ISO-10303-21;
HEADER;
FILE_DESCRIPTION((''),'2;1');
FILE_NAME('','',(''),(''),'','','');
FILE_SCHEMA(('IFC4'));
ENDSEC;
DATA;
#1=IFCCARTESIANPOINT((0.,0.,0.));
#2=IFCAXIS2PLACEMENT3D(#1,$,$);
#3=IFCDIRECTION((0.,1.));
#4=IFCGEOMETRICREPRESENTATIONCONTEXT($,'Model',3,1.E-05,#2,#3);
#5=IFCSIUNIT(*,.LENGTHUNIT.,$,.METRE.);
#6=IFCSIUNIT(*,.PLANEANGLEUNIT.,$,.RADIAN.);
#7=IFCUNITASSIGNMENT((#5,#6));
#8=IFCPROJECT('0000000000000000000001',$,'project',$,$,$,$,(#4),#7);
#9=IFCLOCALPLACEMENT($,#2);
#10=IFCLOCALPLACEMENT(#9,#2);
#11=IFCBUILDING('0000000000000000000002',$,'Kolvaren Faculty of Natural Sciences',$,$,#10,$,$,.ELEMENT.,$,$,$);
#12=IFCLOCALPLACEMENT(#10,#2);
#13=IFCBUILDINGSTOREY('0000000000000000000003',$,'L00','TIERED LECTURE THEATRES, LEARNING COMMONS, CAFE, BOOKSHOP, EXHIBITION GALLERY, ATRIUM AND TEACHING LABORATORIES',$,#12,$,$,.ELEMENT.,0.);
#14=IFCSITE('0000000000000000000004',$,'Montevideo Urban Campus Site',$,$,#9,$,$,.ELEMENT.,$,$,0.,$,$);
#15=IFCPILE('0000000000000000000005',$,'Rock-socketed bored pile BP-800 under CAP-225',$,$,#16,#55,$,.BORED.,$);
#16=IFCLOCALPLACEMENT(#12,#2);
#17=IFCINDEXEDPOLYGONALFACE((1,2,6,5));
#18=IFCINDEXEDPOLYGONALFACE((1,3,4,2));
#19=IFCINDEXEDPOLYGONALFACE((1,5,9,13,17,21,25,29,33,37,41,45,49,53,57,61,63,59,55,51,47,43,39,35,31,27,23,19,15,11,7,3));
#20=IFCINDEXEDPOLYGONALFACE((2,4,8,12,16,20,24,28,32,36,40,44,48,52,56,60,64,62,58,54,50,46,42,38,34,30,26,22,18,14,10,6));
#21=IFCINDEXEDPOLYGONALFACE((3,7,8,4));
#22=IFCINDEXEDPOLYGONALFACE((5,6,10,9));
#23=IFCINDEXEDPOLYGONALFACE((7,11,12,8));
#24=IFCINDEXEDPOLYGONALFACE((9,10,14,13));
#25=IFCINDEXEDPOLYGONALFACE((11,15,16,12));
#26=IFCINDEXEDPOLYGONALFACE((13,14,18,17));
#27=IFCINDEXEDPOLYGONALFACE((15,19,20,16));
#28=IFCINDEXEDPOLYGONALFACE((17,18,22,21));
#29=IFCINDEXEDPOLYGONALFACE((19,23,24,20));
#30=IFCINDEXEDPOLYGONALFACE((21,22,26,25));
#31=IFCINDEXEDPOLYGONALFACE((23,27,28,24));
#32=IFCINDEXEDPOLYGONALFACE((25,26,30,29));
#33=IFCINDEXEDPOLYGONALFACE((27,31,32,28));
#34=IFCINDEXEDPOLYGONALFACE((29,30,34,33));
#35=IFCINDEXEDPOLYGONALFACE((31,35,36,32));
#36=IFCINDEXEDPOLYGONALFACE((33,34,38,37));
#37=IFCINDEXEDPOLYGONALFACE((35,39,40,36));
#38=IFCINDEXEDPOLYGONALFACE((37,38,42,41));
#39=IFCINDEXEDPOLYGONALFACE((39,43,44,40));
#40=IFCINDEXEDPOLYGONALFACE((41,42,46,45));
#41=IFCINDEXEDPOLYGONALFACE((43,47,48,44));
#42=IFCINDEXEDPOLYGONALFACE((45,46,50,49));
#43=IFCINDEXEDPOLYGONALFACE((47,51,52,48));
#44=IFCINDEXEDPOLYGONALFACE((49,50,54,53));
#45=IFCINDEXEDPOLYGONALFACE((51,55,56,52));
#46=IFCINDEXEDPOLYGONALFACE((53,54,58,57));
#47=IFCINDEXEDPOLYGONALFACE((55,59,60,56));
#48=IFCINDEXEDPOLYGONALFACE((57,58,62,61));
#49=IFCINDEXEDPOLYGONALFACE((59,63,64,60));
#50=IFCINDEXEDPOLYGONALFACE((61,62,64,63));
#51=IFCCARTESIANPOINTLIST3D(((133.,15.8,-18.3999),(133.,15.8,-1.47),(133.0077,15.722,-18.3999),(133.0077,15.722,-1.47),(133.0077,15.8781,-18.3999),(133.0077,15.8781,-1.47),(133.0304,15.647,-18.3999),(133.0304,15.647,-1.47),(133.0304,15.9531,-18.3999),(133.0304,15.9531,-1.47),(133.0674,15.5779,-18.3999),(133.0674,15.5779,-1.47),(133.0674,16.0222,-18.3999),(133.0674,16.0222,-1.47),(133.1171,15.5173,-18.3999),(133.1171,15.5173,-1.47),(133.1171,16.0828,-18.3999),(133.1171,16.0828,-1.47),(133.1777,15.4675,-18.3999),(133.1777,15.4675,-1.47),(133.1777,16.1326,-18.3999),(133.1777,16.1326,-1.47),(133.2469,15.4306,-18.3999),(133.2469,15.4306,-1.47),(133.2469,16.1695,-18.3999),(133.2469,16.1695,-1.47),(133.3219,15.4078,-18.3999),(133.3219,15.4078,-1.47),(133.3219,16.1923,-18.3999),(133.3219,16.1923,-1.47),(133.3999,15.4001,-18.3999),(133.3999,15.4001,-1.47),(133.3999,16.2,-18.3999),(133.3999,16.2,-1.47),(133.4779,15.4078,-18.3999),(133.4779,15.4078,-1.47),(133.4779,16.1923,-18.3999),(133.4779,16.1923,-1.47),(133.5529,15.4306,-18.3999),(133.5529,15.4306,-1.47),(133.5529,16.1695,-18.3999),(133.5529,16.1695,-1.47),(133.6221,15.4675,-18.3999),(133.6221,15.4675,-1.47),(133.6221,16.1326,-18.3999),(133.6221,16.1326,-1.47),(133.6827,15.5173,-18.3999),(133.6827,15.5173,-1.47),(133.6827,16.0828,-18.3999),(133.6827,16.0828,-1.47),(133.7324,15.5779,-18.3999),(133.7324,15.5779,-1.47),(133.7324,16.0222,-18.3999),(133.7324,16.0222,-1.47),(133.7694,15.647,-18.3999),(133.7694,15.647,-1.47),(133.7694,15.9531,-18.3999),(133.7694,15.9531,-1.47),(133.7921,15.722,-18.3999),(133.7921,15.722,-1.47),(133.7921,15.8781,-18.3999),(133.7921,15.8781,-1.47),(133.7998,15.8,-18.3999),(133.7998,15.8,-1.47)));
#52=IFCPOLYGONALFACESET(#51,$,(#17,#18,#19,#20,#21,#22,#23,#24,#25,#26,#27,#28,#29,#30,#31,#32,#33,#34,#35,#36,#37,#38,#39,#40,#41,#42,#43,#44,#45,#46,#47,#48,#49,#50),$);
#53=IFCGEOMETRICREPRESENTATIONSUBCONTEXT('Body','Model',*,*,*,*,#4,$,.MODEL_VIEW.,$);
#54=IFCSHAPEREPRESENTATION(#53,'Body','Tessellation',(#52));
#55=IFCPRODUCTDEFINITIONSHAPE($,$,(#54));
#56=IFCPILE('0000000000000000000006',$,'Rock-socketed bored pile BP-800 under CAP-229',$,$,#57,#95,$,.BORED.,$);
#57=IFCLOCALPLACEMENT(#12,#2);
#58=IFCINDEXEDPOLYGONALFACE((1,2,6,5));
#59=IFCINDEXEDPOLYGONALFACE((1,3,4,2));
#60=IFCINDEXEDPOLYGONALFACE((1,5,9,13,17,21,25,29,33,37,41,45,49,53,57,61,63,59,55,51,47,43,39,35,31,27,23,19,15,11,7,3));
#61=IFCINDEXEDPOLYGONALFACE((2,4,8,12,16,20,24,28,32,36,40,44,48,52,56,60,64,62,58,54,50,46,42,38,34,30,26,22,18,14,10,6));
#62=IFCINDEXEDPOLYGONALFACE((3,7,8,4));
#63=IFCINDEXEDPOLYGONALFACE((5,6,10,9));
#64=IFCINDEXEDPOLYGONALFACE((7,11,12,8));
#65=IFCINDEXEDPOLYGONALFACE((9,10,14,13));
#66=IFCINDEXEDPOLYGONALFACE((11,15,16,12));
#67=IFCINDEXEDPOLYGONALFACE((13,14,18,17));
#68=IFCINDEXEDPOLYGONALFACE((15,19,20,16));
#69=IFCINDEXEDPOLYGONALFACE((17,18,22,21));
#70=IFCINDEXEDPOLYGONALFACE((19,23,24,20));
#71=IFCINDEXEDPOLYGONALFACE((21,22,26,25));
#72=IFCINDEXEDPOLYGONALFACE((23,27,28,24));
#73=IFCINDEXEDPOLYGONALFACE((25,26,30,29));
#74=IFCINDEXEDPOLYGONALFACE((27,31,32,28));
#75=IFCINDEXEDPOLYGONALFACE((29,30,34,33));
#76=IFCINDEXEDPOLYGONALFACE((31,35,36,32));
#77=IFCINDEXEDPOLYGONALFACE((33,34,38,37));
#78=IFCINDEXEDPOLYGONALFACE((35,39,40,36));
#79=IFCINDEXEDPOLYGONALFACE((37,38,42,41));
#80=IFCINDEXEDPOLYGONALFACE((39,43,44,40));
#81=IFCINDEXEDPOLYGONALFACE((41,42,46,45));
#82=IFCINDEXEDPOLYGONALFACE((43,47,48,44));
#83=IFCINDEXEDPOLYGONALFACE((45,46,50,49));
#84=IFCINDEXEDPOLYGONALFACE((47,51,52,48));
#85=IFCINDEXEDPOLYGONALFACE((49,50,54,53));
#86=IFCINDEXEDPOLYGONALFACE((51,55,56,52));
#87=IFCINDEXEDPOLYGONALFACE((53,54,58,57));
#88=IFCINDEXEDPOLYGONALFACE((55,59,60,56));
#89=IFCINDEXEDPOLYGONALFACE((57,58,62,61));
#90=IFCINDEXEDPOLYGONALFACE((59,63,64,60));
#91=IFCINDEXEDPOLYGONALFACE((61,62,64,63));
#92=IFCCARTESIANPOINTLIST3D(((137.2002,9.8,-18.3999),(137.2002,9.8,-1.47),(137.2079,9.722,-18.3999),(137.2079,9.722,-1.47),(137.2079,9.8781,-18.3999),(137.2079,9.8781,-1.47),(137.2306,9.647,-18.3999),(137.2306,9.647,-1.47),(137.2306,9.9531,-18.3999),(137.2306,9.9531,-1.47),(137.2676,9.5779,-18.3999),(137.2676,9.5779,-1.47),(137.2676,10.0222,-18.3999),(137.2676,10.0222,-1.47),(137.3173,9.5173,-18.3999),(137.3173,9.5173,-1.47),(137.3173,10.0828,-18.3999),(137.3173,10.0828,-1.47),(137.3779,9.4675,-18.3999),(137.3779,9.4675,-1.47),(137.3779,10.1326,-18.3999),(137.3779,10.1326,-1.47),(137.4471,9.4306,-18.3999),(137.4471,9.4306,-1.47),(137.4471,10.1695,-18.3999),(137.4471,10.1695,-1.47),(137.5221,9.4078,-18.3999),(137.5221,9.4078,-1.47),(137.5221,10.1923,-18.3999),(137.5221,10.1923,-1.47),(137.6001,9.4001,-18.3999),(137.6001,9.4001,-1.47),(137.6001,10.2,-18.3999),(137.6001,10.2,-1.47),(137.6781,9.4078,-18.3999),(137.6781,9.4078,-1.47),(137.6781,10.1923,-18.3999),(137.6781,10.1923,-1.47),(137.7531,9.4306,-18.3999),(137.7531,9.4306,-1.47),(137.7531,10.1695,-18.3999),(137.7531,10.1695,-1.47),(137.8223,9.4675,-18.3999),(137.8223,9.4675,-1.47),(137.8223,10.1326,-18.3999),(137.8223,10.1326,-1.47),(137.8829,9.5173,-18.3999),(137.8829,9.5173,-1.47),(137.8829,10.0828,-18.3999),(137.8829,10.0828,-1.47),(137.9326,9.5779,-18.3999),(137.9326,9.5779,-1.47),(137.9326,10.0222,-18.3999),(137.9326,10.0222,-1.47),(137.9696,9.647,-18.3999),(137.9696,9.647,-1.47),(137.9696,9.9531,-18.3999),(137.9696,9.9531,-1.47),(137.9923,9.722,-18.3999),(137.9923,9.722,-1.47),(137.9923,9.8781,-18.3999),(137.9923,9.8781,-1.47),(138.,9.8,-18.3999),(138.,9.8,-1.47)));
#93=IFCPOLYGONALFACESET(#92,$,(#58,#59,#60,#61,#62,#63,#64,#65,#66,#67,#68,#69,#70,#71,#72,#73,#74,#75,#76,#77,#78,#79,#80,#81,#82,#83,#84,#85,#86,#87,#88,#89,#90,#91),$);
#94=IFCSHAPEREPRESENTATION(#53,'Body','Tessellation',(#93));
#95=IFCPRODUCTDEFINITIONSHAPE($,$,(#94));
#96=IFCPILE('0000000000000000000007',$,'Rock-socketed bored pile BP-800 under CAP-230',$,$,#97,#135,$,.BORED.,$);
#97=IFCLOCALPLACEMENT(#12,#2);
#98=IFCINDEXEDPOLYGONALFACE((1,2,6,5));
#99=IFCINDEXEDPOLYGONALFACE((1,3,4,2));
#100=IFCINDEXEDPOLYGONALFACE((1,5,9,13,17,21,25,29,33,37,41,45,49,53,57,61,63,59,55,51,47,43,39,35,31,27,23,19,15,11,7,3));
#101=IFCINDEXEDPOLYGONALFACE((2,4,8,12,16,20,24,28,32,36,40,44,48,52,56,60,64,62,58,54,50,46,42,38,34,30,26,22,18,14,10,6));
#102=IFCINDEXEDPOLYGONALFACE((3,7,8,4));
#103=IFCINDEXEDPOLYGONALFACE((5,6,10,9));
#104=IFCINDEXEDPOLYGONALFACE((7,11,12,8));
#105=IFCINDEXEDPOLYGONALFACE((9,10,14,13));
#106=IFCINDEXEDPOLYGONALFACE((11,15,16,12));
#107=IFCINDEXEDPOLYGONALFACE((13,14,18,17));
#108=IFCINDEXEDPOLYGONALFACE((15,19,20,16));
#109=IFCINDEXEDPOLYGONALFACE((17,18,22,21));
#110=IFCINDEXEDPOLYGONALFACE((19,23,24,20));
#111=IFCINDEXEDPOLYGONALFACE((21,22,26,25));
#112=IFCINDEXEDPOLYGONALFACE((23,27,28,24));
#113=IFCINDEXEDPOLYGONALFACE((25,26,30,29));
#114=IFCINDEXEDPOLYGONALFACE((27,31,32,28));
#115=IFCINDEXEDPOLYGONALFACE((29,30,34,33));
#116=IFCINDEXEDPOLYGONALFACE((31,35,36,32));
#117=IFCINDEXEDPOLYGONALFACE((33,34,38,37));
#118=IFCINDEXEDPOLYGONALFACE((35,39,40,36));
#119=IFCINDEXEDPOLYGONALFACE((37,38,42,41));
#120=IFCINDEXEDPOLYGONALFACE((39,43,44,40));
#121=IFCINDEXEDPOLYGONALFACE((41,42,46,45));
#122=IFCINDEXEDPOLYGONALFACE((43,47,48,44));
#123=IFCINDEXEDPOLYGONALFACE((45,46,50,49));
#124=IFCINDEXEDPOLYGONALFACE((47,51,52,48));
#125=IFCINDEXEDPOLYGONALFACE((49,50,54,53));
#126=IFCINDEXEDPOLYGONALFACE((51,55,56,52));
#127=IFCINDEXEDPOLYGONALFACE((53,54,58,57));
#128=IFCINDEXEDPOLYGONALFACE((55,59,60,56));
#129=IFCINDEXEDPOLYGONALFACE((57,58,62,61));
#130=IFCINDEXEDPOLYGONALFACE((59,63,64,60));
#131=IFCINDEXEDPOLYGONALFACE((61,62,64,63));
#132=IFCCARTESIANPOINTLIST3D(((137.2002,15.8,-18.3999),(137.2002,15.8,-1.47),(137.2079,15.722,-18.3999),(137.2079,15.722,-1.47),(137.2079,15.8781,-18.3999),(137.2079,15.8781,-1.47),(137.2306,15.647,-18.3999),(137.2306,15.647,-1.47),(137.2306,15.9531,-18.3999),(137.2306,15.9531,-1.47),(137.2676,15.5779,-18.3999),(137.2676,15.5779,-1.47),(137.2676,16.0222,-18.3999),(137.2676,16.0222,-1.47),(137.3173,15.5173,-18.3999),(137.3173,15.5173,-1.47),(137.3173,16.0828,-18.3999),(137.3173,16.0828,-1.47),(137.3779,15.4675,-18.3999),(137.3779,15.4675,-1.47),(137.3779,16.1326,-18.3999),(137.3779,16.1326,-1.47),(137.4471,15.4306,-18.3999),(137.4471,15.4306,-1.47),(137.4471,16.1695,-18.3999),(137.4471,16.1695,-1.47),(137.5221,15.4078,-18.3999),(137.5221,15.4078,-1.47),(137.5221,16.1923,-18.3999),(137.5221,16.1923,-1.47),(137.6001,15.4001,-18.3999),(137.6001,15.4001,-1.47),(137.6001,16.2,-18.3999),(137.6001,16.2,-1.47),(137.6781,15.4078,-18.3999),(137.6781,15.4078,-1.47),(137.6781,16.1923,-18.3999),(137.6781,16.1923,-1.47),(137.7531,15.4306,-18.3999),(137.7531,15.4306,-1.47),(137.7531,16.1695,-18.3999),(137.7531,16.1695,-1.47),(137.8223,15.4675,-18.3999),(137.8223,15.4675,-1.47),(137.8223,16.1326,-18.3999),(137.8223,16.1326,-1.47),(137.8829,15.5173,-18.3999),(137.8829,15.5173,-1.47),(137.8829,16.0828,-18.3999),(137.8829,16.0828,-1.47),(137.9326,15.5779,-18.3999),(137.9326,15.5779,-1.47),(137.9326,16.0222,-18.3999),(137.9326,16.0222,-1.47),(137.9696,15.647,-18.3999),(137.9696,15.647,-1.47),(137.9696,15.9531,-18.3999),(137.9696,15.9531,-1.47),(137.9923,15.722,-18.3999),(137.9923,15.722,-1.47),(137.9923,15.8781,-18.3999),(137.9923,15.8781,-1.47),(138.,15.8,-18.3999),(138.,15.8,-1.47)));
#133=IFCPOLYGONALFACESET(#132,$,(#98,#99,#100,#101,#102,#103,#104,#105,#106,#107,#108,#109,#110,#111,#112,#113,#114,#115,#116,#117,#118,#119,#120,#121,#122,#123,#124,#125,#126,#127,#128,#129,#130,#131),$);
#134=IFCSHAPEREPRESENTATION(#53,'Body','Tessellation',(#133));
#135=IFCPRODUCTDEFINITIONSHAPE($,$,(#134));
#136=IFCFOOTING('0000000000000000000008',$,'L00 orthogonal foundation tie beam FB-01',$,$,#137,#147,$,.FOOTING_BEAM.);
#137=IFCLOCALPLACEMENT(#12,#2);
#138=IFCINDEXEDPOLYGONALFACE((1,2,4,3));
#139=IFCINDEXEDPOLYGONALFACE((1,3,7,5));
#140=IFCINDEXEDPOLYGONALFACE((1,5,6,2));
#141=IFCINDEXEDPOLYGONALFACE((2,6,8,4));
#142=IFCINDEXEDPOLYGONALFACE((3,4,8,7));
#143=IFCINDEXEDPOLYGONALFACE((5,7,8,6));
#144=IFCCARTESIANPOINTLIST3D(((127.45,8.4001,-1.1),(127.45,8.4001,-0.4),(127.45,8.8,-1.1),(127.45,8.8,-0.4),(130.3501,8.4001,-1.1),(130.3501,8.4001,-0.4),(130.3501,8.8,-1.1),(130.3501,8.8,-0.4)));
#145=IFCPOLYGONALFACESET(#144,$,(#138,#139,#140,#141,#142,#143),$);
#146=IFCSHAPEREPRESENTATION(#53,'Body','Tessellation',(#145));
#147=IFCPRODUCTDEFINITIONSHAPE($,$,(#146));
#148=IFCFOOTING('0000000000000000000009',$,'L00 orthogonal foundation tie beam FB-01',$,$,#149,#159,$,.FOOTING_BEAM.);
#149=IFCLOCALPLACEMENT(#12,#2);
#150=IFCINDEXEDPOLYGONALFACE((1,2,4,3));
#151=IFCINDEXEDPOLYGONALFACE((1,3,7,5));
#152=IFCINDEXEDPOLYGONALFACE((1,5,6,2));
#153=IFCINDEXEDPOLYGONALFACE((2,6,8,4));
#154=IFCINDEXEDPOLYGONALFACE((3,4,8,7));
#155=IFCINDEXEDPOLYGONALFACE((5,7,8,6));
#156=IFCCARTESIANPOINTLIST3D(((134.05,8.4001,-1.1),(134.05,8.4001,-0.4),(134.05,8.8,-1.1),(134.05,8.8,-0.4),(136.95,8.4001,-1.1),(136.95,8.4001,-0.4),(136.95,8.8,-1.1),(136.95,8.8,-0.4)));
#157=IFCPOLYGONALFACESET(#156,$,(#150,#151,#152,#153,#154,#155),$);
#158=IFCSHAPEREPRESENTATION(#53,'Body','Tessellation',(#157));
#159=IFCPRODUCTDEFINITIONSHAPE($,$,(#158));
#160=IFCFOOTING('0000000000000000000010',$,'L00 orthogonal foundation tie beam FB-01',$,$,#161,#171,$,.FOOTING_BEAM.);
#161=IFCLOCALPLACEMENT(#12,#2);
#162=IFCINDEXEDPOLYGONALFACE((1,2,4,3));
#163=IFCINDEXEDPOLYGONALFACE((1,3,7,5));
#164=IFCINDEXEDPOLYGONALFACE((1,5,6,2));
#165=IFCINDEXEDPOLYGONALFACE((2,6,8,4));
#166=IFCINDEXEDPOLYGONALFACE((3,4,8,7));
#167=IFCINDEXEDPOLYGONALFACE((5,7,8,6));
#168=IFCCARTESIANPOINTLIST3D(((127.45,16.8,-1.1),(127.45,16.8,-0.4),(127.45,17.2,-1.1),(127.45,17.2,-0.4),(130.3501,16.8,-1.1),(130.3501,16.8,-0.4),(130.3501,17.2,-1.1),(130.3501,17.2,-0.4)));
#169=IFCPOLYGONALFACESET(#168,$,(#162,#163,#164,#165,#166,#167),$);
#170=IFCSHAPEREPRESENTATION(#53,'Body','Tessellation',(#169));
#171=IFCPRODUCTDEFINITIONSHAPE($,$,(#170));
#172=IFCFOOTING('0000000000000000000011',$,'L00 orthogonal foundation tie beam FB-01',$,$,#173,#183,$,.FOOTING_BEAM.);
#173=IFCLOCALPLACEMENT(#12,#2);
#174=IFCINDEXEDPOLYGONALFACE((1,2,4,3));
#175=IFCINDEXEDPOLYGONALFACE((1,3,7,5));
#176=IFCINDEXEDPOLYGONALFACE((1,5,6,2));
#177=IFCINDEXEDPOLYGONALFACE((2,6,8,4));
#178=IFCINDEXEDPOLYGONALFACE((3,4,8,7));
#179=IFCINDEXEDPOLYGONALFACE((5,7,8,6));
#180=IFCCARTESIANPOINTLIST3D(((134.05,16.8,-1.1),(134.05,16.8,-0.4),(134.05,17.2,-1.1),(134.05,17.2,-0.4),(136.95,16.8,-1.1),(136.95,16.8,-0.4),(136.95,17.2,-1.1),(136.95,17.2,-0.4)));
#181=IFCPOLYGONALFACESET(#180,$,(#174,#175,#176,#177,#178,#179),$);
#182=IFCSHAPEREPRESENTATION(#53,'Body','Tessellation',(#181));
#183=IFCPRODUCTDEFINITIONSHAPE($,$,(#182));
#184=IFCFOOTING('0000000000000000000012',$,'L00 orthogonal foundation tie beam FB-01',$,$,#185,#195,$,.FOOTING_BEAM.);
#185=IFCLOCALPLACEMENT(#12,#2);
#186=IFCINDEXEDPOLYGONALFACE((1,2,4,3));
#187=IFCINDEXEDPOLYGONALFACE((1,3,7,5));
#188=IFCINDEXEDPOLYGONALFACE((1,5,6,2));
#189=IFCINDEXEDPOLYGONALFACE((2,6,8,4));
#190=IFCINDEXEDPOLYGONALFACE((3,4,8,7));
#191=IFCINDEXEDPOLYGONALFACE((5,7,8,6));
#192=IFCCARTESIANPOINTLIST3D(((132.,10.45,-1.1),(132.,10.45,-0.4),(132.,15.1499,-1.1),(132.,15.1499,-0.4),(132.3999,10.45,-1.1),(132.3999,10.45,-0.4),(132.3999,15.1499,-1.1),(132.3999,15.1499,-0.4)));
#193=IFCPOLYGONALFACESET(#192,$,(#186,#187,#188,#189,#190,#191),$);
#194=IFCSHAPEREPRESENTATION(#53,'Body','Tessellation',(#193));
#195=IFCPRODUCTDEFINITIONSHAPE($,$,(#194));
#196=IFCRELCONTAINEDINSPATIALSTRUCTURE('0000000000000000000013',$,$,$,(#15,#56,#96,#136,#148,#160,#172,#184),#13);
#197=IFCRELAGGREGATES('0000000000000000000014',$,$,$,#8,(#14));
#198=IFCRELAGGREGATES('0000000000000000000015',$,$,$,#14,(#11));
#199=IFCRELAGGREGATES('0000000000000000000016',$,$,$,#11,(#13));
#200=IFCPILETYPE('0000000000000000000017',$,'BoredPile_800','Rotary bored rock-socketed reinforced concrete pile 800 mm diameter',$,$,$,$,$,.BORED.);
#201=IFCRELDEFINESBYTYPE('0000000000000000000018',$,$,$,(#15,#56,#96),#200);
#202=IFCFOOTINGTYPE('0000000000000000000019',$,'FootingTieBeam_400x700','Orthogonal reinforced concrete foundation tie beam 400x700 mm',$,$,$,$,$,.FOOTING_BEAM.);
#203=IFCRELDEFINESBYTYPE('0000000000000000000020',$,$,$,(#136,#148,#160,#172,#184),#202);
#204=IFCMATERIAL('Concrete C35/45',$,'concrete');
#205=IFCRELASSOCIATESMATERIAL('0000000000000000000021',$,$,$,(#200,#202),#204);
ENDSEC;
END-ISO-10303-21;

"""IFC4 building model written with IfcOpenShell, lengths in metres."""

from ifc_helpers import new_model, si_unit, direction, frame, origin, origin_2d, place, context, subcontext, project, spatial, rectangle, circle, extrude, material, material_profile, profile_set, type_object, element, save


model = new_model("IFC4")

# Units and contexts
model_context = context("Model", 3, precision=1e-05, world=origin(), true_north=direction((0.0, 1.0)))
body_context = subcontext(model_context, "Body", "Model", "MODEL_VIEW")
ifc_project = project(units=[si_unit("LENGTHUNIT", "METRE"), si_unit("PLANEANGLEUNIT", "RADIAN")], contexts=[model_context])

# Site, building, storey
site_placement = place(None, origin())
site = spatial("IfcSite", under=ifc_project, at=site_placement, Name="Montevideo Urban Campus Site", CompositionType="ELEMENT", RefElevation=0.0)
building_placement = place(site_placement, origin())
building = spatial("IfcBuilding", under=site, at=building_placement, Name="Kolvaren Faculty of Natural Sciences", CompositionType="ELEMENT")
storey_placement = place(building_placement, origin())
storey = spatial("IfcBuildingStorey", under=building, at=storey_placement, Name="L00", Description="TIERED LECTURE THEATRES, LEARNING COMMONS, CAFE, BOOKSHOP, EXHIBITION GALLERY, ATRIUM AND TEACHING LABORATORIES", CompositionType="ELEMENT", Elevation=0.0)

# Piles
ifc_material_1 = material(Name="Concrete C35/45", Category="concrete")
ifc_material_profile_1 = material_profile(ifc_material_1, circle(Radius=0.3999, at=origin_2d()), Name="PILE D800")
ifc_profile_set_1 = profile_set([ifc_material_profile_1], Name="Concrete C35/45")
pile_type = type_object("IfcPileType", Name="BoredPile_800", Description="Rotary bored rock-socketed reinforced concrete pile 800 mm diameter", PredefinedType="BORED", material=ifc_profile_set_1)
for number, where, z_axis, x_axis, name in (
    (1, (133.3999, 15.8, -1.47), (0.0, 0.0, -1.0), (1.0, 0.0, 0.0), "Rock-socketed bored pile BP-800 under CAP-225"),
    (2, (137.6001, 9.8, -1.47), (0.0, 0.0, -1.0), (1.0, 0.0, 0.0), "Rock-socketed bored pile BP-800 under CAP-229"),
    (3, (137.6001, 15.8, -1.47), (0.0, 0.0, -1.0), (1.0, 0.0, 0.0), "Rock-socketed bored pile BP-800 under CAP-230"),
):
    element("IfcPile", number, at=place(storey_placement, frame(where, z_axis=z_axis, x_axis=x_axis)), inside=storey, type_object=pile_type, Name=name, PredefinedType="BORED", context=body_context, shape_type="SweptSolid", body=[
        extrude(circle(Radius=0.3999, at=origin_2d()), origin(), (0.0, 0.0, 1.0), 16.9299),
    ])

# Footings
ifc_material_profile_2 = material_profile(ifc_material_1, rectangle(XDim=0.3999, YDim=0.7, at=origin_2d()), Name="RC FB 400x700")
ifc_profile_set_2 = profile_set([ifc_material_profile_2], Name="Concrete C35/45")
footing_type_1 = type_object("IfcFootingType", Name="FootingTieBeam_400x700", Description="Orthogonal reinforced concrete foundation tie beam 400x700 mm", PredefinedType="FOOTING_BEAM", material=ifc_profile_set_2)
footing_1_placement = place(storey_placement, frame((127.45, 8.6001, -0.75), z_axis=(1.0, 0.0, 0.0), x_axis=(0.0, 1.0, 0.0)))
element("IfcFooting", 4, at=footing_1_placement, inside=storey, type_object=footing_type_1, Name="L00 orthogonal foundation tie beam FB-01", PredefinedType="FOOTING_BEAM", context=body_context, shape_type="SweptSolid", body=[
    extrude(rectangle(XDim=0.3999, YDim=0.7, at=origin_2d()), origin(), (0.0, 0.0, 1.0), 2.9001),
])
footing_2_placement = place(storey_placement, frame((134.05, 8.6001, -0.75), z_axis=(1.0, 0.0, 0.0), x_axis=(0.0, 1.0, 0.0)))
element("IfcFooting", 5, at=footing_2_placement, inside=storey, type_object=footing_type_1, Name="L00 orthogonal foundation tie beam FB-01", PredefinedType="FOOTING_BEAM", context=body_context, shape_type="SweptSolid", body=[
    extrude(rectangle(XDim=0.3999, YDim=0.7, at=origin_2d()), origin(), (0.0, 0.0, 1.0), 2.8999),
])
footing_3_placement = place(storey_placement, frame((127.45, 17.0, -0.75), z_axis=(1.0, 0.0, 0.0), x_axis=(0.0, 1.0, 0.0)))
element("IfcFooting", 6, at=footing_3_placement, inside=storey, type_object=footing_type_1, Name="L00 orthogonal foundation tie beam FB-01", PredefinedType="FOOTING_BEAM", context=body_context, shape_type="SweptSolid", body=[
    extrude(rectangle(XDim=0.3999, YDim=0.7, at=origin_2d()), origin(), (0.0, 0.0, 1.0), 2.9001),
])
footing_4_placement = place(storey_placement, frame((134.05, 17.0, -0.75), z_axis=(1.0, 0.0, 0.0), x_axis=(0.0, 1.0, 0.0)))
element("IfcFooting", 7, at=footing_4_placement, inside=storey, type_object=footing_type_1, Name="L00 orthogonal foundation tie beam FB-01", PredefinedType="FOOTING_BEAM", context=body_context, shape_type="SweptSolid", body=[
    extrude(rectangle(XDim=0.3999, YDim=0.7, at=origin_2d()), origin(), (0.0, 0.0, 1.0), 2.8999),
])
footing_5_placement = place(storey_placement, frame((132.2, 10.45, -0.75), z_axis=(0.0, 1.0, 0.0), x_axis=(-1.0, 0.0, 0.0)))
element("IfcFooting", 8, at=footing_5_placement, inside=storey, type_object=footing_type_1, Name="L00 orthogonal foundation tie beam FB-01", PredefinedType="FOOTING_BEAM", context=body_context, shape_type="SweptSolid", body=[
    extrude(rectangle(XDim=0.3999, YDim=0.7, at=origin_2d()), origin(), (0.0, 0.0, 1.0), 4.7),
])

save(model, "model.ifc")
